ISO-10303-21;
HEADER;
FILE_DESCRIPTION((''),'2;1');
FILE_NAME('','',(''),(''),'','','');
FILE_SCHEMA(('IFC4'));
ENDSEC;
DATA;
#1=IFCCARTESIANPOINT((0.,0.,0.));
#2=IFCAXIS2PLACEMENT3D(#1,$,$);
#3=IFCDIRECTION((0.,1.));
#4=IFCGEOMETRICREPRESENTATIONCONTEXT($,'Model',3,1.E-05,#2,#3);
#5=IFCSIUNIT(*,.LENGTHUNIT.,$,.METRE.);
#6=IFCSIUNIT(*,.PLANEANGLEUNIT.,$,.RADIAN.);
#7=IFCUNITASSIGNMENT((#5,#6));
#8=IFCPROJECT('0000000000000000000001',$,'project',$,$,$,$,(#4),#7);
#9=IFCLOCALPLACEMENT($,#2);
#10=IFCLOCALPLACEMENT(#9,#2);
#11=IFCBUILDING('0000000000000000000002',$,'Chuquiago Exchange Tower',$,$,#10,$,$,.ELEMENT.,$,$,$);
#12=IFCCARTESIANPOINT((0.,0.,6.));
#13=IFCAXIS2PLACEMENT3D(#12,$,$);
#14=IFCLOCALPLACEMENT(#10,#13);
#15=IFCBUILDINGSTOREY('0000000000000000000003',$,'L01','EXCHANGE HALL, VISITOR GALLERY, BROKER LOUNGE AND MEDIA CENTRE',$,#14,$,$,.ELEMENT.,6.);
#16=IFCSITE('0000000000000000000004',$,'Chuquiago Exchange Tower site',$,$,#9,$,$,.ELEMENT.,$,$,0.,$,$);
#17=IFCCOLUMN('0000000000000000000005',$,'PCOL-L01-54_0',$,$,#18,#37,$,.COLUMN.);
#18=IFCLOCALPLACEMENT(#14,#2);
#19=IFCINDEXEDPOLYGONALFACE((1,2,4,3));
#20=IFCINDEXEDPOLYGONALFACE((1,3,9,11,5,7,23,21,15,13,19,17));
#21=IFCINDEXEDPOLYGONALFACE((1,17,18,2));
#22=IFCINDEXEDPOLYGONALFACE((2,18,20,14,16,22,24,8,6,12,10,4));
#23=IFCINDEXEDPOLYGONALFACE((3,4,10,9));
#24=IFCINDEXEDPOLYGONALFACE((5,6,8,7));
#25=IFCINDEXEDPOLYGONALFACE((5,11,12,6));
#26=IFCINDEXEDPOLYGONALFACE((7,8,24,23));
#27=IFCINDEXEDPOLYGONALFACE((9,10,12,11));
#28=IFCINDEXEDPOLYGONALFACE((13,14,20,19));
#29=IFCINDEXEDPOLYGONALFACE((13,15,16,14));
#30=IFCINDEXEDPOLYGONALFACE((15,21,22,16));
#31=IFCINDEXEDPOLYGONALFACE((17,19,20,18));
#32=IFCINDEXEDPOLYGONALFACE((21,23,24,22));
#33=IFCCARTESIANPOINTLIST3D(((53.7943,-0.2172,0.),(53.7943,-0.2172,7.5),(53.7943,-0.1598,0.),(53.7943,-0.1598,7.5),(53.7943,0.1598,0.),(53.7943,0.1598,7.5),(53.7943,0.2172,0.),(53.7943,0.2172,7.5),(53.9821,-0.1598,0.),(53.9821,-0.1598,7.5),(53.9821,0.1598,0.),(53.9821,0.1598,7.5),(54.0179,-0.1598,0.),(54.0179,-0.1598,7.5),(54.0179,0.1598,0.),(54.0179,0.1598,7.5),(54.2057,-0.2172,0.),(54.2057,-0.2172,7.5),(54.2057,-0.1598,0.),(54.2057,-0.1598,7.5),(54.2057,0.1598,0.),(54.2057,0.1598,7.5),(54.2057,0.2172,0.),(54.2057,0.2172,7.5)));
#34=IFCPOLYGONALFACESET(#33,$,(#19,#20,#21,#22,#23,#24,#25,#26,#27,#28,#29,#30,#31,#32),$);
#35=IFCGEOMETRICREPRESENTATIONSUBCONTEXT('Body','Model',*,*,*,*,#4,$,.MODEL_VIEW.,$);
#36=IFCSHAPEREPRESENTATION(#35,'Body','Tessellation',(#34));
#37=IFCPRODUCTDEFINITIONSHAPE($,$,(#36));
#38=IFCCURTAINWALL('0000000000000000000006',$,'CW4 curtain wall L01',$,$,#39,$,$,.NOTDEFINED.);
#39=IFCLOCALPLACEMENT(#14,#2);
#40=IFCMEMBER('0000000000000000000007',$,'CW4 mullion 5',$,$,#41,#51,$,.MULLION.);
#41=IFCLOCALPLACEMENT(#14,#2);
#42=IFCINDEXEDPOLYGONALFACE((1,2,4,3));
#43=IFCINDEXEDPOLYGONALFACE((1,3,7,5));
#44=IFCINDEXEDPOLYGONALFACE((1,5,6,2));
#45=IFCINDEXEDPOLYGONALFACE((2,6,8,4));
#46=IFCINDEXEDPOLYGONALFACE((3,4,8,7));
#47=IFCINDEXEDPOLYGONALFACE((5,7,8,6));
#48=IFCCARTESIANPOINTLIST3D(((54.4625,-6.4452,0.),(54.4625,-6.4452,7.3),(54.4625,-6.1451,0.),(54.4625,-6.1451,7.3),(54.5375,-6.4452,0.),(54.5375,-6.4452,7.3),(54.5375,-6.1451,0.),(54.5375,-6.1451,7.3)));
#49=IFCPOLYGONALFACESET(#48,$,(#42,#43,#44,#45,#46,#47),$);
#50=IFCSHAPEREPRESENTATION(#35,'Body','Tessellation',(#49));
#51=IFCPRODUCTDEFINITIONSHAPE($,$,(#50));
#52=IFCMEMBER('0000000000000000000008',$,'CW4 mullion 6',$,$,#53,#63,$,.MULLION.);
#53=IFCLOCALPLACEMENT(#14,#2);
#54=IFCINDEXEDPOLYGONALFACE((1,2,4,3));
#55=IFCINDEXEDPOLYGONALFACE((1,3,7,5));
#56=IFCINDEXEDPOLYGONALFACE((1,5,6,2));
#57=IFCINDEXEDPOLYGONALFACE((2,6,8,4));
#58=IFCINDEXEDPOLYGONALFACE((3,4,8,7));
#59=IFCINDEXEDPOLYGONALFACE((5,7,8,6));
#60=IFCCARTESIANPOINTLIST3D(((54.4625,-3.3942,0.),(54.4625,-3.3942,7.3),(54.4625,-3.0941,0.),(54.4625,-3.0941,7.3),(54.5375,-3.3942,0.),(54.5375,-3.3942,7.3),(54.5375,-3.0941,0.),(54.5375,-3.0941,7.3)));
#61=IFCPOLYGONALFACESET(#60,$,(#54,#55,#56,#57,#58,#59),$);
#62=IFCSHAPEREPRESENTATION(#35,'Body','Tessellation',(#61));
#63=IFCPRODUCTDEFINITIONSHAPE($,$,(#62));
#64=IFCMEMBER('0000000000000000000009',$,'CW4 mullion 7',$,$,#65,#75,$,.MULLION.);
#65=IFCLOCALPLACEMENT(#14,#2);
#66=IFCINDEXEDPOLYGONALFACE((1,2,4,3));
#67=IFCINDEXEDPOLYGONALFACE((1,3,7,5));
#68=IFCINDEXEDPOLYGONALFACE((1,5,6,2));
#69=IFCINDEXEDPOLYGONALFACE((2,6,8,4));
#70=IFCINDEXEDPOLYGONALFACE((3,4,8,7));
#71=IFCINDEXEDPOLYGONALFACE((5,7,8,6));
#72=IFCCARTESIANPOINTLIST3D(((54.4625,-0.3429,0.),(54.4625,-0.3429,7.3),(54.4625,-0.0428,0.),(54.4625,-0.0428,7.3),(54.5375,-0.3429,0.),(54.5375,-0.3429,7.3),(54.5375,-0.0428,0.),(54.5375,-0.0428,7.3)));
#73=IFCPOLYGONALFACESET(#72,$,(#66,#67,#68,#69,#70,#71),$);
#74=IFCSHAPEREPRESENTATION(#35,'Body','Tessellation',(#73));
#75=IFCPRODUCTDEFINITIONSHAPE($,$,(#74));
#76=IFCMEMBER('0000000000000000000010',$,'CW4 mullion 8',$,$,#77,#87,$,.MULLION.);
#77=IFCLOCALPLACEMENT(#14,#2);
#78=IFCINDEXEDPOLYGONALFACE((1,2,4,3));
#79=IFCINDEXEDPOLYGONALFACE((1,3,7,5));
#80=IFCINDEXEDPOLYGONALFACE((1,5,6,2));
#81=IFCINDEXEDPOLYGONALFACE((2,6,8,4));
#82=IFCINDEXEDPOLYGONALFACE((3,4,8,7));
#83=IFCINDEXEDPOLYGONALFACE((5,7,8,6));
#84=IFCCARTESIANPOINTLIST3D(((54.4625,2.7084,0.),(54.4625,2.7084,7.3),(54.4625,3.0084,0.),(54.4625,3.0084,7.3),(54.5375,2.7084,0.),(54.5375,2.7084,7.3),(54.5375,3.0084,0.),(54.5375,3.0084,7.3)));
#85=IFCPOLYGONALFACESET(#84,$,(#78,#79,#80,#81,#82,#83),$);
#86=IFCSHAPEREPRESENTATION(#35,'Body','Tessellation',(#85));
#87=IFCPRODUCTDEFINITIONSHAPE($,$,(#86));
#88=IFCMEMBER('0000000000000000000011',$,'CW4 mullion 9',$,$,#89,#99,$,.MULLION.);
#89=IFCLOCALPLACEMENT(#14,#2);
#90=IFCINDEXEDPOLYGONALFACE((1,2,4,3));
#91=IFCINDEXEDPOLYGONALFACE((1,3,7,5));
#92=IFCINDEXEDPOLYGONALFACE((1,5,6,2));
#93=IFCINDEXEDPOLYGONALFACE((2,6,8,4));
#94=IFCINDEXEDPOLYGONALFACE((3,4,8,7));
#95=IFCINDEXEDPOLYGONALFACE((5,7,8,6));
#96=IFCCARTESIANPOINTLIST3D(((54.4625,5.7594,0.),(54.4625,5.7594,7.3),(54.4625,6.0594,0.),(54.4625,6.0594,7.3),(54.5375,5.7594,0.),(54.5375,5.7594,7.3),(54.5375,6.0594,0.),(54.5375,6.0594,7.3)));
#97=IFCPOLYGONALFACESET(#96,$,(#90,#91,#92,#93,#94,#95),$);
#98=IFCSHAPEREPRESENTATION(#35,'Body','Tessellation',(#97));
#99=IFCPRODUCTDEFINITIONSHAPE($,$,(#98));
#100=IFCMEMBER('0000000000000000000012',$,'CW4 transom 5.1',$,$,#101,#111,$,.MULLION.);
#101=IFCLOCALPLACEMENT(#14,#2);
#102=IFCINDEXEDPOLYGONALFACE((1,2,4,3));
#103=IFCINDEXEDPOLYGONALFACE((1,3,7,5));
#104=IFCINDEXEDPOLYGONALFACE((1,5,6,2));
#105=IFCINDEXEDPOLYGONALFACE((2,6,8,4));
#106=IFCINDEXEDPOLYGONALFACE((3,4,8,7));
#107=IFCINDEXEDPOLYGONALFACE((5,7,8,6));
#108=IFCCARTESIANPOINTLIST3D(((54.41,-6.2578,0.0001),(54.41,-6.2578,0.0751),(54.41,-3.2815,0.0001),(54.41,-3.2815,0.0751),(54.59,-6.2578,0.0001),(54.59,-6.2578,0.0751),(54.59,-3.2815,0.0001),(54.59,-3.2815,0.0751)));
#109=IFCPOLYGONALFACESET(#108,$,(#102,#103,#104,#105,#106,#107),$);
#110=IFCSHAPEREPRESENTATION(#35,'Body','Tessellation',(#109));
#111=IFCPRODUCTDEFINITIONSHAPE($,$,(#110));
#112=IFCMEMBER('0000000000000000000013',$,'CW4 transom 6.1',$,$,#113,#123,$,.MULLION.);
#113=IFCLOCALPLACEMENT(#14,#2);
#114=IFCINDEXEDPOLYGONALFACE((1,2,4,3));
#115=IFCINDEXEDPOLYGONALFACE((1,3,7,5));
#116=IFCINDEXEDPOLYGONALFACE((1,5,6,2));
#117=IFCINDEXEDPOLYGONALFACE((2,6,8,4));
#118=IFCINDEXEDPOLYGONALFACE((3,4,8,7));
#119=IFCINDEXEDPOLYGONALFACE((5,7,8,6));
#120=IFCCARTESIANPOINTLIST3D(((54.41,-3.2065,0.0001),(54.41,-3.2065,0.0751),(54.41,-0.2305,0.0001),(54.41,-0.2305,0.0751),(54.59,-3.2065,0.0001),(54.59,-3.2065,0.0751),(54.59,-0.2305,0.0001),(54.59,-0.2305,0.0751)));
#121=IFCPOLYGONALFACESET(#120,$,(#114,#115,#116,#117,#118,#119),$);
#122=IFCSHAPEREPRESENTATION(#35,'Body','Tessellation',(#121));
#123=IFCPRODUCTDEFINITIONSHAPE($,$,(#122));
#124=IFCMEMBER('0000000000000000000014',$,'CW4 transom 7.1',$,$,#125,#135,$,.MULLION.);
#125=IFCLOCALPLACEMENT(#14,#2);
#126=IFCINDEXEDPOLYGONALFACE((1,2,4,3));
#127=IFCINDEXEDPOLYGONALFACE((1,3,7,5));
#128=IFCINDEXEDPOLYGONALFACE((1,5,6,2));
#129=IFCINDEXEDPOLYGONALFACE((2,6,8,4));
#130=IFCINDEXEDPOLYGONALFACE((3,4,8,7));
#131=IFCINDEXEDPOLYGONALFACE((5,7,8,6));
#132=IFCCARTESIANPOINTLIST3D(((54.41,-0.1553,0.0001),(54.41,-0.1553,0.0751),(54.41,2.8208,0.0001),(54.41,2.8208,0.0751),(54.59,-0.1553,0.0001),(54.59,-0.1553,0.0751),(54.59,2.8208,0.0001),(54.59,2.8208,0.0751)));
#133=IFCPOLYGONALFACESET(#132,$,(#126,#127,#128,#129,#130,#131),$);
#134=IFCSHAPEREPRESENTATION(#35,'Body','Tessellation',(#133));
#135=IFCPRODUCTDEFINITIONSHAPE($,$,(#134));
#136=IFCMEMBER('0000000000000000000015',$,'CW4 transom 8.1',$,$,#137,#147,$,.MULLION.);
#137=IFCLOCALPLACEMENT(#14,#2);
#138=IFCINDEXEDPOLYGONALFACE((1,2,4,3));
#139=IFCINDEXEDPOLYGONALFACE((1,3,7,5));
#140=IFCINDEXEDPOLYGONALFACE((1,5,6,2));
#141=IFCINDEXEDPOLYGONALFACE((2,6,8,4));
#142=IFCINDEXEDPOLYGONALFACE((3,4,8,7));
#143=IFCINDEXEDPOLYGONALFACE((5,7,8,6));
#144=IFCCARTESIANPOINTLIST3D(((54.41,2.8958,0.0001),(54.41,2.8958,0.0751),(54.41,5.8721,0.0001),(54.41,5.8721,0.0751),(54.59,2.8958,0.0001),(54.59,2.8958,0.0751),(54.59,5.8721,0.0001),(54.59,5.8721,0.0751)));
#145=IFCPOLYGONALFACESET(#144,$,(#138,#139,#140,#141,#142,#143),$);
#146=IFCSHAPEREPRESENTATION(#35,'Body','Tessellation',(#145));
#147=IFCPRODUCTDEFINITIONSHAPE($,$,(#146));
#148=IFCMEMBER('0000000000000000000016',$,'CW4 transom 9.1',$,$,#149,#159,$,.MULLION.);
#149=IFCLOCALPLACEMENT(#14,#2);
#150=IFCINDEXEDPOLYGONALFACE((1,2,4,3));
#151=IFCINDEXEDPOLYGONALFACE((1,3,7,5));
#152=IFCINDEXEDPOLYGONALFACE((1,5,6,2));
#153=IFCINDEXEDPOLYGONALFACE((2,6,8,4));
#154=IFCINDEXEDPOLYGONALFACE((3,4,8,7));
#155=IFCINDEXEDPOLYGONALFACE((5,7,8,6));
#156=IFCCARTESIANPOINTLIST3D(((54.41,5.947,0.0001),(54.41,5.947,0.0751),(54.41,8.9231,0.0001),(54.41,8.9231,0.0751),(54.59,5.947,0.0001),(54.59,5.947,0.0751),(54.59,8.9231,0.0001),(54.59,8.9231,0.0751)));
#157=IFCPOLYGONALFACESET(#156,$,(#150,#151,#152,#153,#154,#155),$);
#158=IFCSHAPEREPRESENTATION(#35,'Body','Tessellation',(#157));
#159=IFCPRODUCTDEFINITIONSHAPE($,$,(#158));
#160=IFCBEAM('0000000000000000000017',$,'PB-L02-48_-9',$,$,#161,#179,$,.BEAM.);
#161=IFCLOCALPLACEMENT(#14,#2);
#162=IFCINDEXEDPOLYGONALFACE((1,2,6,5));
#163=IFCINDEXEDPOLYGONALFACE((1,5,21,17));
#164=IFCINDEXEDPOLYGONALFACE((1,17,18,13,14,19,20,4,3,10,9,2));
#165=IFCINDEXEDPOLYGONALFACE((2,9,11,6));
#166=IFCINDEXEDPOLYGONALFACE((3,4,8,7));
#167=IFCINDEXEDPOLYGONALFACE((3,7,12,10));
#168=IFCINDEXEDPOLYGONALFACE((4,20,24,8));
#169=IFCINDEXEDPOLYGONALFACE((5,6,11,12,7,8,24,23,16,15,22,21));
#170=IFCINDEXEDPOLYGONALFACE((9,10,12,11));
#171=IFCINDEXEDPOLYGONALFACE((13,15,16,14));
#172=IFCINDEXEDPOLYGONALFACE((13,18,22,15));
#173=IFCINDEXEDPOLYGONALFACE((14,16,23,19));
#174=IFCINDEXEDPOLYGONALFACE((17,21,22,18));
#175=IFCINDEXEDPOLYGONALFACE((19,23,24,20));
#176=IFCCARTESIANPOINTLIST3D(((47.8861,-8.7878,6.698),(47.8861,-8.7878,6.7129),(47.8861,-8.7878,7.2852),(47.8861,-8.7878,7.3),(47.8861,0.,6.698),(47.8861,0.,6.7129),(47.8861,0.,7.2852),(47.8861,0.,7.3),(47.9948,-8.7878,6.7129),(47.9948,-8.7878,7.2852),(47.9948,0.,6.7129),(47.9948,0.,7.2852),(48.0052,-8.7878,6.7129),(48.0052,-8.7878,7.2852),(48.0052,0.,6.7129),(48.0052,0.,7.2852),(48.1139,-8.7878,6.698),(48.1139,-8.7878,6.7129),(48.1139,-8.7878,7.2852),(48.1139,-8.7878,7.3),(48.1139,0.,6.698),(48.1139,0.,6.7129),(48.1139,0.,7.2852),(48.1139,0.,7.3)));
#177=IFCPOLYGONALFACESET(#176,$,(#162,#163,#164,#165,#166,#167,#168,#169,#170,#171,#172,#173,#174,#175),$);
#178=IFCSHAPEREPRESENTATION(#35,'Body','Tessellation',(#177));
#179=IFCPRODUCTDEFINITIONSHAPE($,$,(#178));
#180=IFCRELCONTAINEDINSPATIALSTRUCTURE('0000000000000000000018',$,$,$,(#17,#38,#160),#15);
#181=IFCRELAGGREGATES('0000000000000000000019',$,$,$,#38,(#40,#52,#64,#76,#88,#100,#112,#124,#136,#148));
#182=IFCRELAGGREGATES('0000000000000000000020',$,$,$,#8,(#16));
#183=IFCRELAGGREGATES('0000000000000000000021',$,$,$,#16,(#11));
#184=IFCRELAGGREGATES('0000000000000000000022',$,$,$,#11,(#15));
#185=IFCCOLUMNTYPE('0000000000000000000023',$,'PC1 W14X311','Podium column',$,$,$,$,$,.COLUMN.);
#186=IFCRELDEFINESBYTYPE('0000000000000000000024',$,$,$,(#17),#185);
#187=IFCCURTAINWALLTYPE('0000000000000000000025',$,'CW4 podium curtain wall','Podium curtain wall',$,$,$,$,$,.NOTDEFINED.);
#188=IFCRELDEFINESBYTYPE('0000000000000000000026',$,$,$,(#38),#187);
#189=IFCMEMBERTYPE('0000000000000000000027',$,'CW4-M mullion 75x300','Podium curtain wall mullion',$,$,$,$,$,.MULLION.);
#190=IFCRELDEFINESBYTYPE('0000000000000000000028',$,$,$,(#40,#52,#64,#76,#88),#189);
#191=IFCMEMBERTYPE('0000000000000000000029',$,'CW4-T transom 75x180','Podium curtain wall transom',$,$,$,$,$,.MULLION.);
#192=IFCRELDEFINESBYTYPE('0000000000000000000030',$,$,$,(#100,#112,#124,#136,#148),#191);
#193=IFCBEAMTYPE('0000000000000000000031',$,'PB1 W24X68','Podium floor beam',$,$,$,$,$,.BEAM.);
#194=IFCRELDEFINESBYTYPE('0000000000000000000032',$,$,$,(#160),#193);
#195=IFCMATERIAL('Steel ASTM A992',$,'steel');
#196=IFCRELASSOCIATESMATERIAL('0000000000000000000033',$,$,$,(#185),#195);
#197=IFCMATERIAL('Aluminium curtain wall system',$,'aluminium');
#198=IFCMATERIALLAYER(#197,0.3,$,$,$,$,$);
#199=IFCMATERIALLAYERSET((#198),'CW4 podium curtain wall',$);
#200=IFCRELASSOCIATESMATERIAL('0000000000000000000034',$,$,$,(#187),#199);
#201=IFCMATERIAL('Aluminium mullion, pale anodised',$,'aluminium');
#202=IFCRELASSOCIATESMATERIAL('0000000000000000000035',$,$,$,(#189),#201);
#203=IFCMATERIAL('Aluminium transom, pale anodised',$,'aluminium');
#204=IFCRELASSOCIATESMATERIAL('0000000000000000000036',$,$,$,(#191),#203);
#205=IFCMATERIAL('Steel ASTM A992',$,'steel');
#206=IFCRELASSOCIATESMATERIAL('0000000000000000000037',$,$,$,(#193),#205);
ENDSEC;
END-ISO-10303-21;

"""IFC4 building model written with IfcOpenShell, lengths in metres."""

from ifc_helpers import new_model, si_unit, direction, frame, origin, origin_2d, place, context, subcontext, project, spatial, rectangle, i_section, extrude, material, layer, layer_set, material_profile, profile_set, type_object, element, aggregate, save


model = new_model("IFC4")

# Units and contexts
model_context = context("Model", 3, precision=1e-05, world=origin(), true_north=direction((0.0, 1.0)))
body_context = subcontext(model_context, "Body", "Model", "MODEL_VIEW")
ifc_project = project(units=[si_unit("LENGTHUNIT", "METRE"), si_unit("PLANEANGLEUNIT", "RADIAN")], contexts=[model_context])

# Site, building, storey
site_placement = place(None, origin())
site = spatial("IfcSite", under=ifc_project, at=site_placement, Name="Chuquiago Exchange Tower site", CompositionType="ELEMENT", RefElevation=0.0)
building_placement = place(site_placement, origin())
building = spatial("IfcBuilding", under=site, at=building_placement, Name="Chuquiago Exchange Tower", CompositionType="ELEMENT")
storey_placement = place(building_placement, frame((0.0, 0.0, 6.0)))
storey = spatial("IfcBuildingStorey", under=building, at=storey_placement, Name="L01", Description="EXCHANGE HALL, VISITOR GALLERY, BROKER LOUNGE AND MEDIA CENTRE", CompositionType="ELEMENT", Elevation=6.0)

# Column
ifc_material_1 = material(Name="Steel ASTM A992", Category="steel")
ifc_material_profile_1 = material_profile(ifc_material_1, i_section(OverallWidth=0.4114, OverallDepth=0.4343, WebThickness=0.0359, FlangeThickness=0.0574, at=origin_2d()), Name="W14X311")
ifc_profile_set_1 = profile_set([ifc_material_profile_1], Name="Steel ASTM A992")
column_type = type_object("IfcColumnType", Name="PC1 W14X311", Description="Podium column", PredefinedType="COLUMN", material=ifc_profile_set_1)
column_placement = place(storey_placement, frame((54.0, 0.0, 0.0), z_axis=(0.0, 0.0, 1.0), x_axis=(1.0, 0.0, 0.0)))
element("IfcColumn", 1, at=column_placement, inside=storey, type_object=column_type, Name="PCOL-L01-54_0", PredefinedType="COLUMN", context=body_context, shape_type="SweptSolid", body=[
    extrude(i_section(OverallWidth=0.4114, OverallDepth=0.4343, WebThickness=0.0359, FlangeThickness=0.0574, at=origin_2d()), origin(), (0.0, 0.0, 1.0), 7.5),
])

# Curtain wall, members
ifc_material_2 = material(Name="Aluminium curtain wall system", Category="aluminium")
ifc_layer_1 = layer(ifc_material_2, 0.3)
ifc_layer_set_1 = layer_set([ifc_layer_1], Name="CW4 podium curtain wall")
curtain_wall_type = type_object("IfcCurtainWallType", Name="CW4 podium curtain wall", Description="Podium curtain wall", PredefinedType="NOTDEFINED", material=ifc_layer_set_1)
curtain_wall_placement = place(storey_placement, origin())
curtain_wall = element("IfcCurtainWall", 2, at=curtain_wall_placement, inside=storey, type_object=curtain_wall_type, Name="CW4 curtain wall L01", PredefinedType="NOTDEFINED")
ifc_material_3 = material(Name="Aluminium mullion, pale anodised", Category="aluminium")
ifc_material_profile_2 = material_profile(ifc_material_3, rectangle(XDim=0.075, YDim=0.3, at=origin_2d()), Name="AL 75x300")
ifc_profile_set_2 = profile_set([ifc_material_profile_2], Name="Aluminium mullion, pale anodised")
member_type_1 = type_object("IfcMemberType", Name="CW4-M mullion 75x300", Description="Podium curtain wall mullion", PredefinedType="MULLION", material=ifc_profile_set_2)
member_1_placement = place(storey_placement, frame((54.5, -6.2952, 0.0), z_axis=(0.0, 0.0, 1.0), x_axis=(-1.0, 0.0, 0.0)))
member_1 = element("IfcMember", 3, at=member_1_placement, type_object=member_type_1, Name="CW4 mullion 5", PredefinedType="MULLION", context=body_context, shape_type="SweptSolid", body=[
    extrude(rectangle(XDim=0.075, YDim=0.3, at=origin_2d()), origin(), (0.0, 0.0, 1.0), 7.3),
])
member_2_placement = place(storey_placement, frame((54.5, -3.2441, 0.0), z_axis=(0.0, 0.0, 1.0), x_axis=(-1.0, 0.0, 0.0)))
member_2 = element("IfcMember", 4, at=member_2_placement, type_object=member_type_1, Name="CW4 mullion 6", PredefinedType="MULLION", context=body_context, shape_type="SweptSolid", body=[
    extrude(rectangle(XDim=0.075, YDim=0.3, at=origin_2d()), origin(), (0.0, 0.0, 1.0), 7.3),
])
member_3_placement = place(storey_placement, frame((54.5, -0.1929, 0.0), z_axis=(0.0, 0.0, 1.0), x_axis=(-1.0, 0.0, 0.0)))
member_3 = element("IfcMember", 5, at=member_3_placement, type_object=member_type_1, Name="CW4 mullion 7", PredefinedType="MULLION", context=body_context, shape_type="SweptSolid", body=[
    extrude(rectangle(XDim=0.075, YDim=0.3, at=origin_2d()), origin(), (0.0, 0.0, 1.0), 7.3),
])
member_4_placement = place(storey_placement, frame((54.5, 2.8584, 0.0), z_axis=(0.0, 0.0, 1.0), x_axis=(-1.0, 0.0, 0.0)))
member_4 = element("IfcMember", 6, at=member_4_placement, type_object=member_type_1, Name="CW4 mullion 8", PredefinedType="MULLION", context=body_context, shape_type="SweptSolid", body=[
    extrude(rectangle(XDim=0.075, YDim=0.3, at=origin_2d()), origin(), (0.0, 0.0, 1.0), 7.3),
])
member_5_placement = place(storey_placement, frame((54.5, 5.9094, 0.0), z_axis=(0.0, 0.0, 1.0), x_axis=(-1.0, 0.0, 0.0)))
member_5 = element("IfcMember", 7, at=member_5_placement, type_object=member_type_1, Name="CW4 mullion 9", PredefinedType="MULLION", context=body_context, shape_type="SweptSolid", body=[
    extrude(rectangle(XDim=0.075, YDim=0.3, at=origin_2d()), origin(), (0.0, 0.0, 1.0), 7.3),
])
ifc_material_4 = material(Name="Aluminium transom, pale anodised", Category="aluminium")
ifc_material_profile_3 = material_profile(ifc_material_4, rectangle(XDim=0.1799, YDim=0.075, at=origin_2d()), Name="AL 180x75")
ifc_profile_set_3 = profile_set([ifc_material_profile_3], Name="Aluminium transom, pale anodised")
member_type_2 = type_object("IfcMemberType", Name="CW4-T transom 75x180", Description="Podium curtain wall transom", PredefinedType="MULLION", material=ifc_profile_set_3)
member_6_placement = place(storey_placement, frame((54.5, -6.2578, 0.0376), z_axis=(0.0, 1.0, 0.0), x_axis=(-1.0, 0.0, 0.0)))
member_6 = element("IfcMember", 8, at=member_6_placement, type_object=member_type_2, Name="CW4 transom 5.1", PredefinedType="MULLION", context=body_context, shape_type="SweptSolid", body=[
    extrude(rectangle(XDim=0.1799, YDim=0.075, at=origin_2d()), origin(), (0.0, 0.0, 1.0), 2.9763),
])
member_7_placement = place(storey_placement, frame((54.5, -3.2065, 0.0376), z_axis=(0.0, 1.0, 0.0), x_axis=(-1.0, 0.0, 0.0)))
member_7 = element("IfcMember", 9, at=member_7_placement, type_object=member_type_2, Name="CW4 transom 6.1", PredefinedType="MULLION", context=body_context, shape_type="SweptSolid", body=[
    extrude(rectangle(XDim=0.1799, YDim=0.075, at=origin_2d()), origin(), (0.0, 0.0, 1.0), 2.9761),
])
member_8_placement = place(storey_placement, frame((54.5, -0.1553, 0.0376), z_axis=(0.0, 1.0, 0.0), x_axis=(-1.0, 0.0, 0.0)))
member_8 = element("IfcMember", 10, at=member_8_placement, type_object=member_type_2, Name="CW4 transom 7.1", PredefinedType="MULLION", context=body_context, shape_type="SweptSolid", body=[
    extrude(rectangle(XDim=0.1799, YDim=0.075, at=origin_2d()), origin(), (0.0, 0.0, 1.0), 2.9761),
])
member_9_placement = place(storey_placement, frame((54.5, 2.8958, 0.0376), z_axis=(0.0, 1.0, 0.0), x_axis=(-1.0, 0.0, 0.0)))
member_9 = element("IfcMember", 11, at=member_9_placement, type_object=member_type_2, Name="CW4 transom 8.1", PredefinedType="MULLION", context=body_context, shape_type="SweptSolid", body=[
    extrude(rectangle(XDim=0.1799, YDim=0.075, at=origin_2d()), origin(), (0.0, 0.0, 1.0), 2.9763),
])
member_10_placement = place(storey_placement, frame((54.5, 5.947, 0.0376), z_axis=(0.0, 1.0, 0.0), x_axis=(-1.0, 0.0, 0.0)))
member_10 = element("IfcMember", 12, at=member_10_placement, type_object=member_type_2, Name="CW4 transom 9.1", PredefinedType="MULLION", context=body_context, shape_type="SweptSolid", body=[
    extrude(rectangle(XDim=0.1799, YDim=0.075, at=origin_2d()), origin(), (0.0, 0.0, 1.0), 2.9761),
])

# Beam
ifc_material_5 = material(Name="Steel ASTM A992", Category="steel")
ifc_material_profile_4 = material_profile(ifc_material_5, i_section(OverallWidth=0.2278, OverallDepth=0.6021, WebThickness=0.0105, FlangeThickness=0.0149, at=origin_2d()), Name="W24X68")
ifc_profile_set_4 = profile_set([ifc_material_profile_4], Name="Steel ASTM A992")
beam_type_1 = type_object("IfcBeamType", Name="PB1 W24X68", Description="Podium floor beam", PredefinedType="BEAM", material=ifc_profile_set_4)
for number, where, z_axis, x_axis, name in (
    (13, (48.0, -8.7878, 6.999), (0.0, 1.0, 0.0), (-1.0, 0.0, 0.0), "PB-L02-48_-9"),
):
    element("IfcBeam", number, at=place(storey_placement, frame(where, z_axis=z_axis, x_axis=x_axis)), inside=storey, type_object=beam_type_1, Name=name, PredefinedType="BEAM", context=body_context, shape_type="SweptSolid", body=[
        extrude(i_section(OverallWidth=0.2278, OverallDepth=0.6021, WebThickness=0.0105, FlangeThickness=0.0149, at=origin_2d()), origin(), (0.0, 0.0, 1.0), 8.7878),
    ])

aggregate(curtain_wall, [member_1, member_2, member_3, member_4, member_5, member_6, member_7, member_8, member_9, member_10])

save(model, "model.ifc")
